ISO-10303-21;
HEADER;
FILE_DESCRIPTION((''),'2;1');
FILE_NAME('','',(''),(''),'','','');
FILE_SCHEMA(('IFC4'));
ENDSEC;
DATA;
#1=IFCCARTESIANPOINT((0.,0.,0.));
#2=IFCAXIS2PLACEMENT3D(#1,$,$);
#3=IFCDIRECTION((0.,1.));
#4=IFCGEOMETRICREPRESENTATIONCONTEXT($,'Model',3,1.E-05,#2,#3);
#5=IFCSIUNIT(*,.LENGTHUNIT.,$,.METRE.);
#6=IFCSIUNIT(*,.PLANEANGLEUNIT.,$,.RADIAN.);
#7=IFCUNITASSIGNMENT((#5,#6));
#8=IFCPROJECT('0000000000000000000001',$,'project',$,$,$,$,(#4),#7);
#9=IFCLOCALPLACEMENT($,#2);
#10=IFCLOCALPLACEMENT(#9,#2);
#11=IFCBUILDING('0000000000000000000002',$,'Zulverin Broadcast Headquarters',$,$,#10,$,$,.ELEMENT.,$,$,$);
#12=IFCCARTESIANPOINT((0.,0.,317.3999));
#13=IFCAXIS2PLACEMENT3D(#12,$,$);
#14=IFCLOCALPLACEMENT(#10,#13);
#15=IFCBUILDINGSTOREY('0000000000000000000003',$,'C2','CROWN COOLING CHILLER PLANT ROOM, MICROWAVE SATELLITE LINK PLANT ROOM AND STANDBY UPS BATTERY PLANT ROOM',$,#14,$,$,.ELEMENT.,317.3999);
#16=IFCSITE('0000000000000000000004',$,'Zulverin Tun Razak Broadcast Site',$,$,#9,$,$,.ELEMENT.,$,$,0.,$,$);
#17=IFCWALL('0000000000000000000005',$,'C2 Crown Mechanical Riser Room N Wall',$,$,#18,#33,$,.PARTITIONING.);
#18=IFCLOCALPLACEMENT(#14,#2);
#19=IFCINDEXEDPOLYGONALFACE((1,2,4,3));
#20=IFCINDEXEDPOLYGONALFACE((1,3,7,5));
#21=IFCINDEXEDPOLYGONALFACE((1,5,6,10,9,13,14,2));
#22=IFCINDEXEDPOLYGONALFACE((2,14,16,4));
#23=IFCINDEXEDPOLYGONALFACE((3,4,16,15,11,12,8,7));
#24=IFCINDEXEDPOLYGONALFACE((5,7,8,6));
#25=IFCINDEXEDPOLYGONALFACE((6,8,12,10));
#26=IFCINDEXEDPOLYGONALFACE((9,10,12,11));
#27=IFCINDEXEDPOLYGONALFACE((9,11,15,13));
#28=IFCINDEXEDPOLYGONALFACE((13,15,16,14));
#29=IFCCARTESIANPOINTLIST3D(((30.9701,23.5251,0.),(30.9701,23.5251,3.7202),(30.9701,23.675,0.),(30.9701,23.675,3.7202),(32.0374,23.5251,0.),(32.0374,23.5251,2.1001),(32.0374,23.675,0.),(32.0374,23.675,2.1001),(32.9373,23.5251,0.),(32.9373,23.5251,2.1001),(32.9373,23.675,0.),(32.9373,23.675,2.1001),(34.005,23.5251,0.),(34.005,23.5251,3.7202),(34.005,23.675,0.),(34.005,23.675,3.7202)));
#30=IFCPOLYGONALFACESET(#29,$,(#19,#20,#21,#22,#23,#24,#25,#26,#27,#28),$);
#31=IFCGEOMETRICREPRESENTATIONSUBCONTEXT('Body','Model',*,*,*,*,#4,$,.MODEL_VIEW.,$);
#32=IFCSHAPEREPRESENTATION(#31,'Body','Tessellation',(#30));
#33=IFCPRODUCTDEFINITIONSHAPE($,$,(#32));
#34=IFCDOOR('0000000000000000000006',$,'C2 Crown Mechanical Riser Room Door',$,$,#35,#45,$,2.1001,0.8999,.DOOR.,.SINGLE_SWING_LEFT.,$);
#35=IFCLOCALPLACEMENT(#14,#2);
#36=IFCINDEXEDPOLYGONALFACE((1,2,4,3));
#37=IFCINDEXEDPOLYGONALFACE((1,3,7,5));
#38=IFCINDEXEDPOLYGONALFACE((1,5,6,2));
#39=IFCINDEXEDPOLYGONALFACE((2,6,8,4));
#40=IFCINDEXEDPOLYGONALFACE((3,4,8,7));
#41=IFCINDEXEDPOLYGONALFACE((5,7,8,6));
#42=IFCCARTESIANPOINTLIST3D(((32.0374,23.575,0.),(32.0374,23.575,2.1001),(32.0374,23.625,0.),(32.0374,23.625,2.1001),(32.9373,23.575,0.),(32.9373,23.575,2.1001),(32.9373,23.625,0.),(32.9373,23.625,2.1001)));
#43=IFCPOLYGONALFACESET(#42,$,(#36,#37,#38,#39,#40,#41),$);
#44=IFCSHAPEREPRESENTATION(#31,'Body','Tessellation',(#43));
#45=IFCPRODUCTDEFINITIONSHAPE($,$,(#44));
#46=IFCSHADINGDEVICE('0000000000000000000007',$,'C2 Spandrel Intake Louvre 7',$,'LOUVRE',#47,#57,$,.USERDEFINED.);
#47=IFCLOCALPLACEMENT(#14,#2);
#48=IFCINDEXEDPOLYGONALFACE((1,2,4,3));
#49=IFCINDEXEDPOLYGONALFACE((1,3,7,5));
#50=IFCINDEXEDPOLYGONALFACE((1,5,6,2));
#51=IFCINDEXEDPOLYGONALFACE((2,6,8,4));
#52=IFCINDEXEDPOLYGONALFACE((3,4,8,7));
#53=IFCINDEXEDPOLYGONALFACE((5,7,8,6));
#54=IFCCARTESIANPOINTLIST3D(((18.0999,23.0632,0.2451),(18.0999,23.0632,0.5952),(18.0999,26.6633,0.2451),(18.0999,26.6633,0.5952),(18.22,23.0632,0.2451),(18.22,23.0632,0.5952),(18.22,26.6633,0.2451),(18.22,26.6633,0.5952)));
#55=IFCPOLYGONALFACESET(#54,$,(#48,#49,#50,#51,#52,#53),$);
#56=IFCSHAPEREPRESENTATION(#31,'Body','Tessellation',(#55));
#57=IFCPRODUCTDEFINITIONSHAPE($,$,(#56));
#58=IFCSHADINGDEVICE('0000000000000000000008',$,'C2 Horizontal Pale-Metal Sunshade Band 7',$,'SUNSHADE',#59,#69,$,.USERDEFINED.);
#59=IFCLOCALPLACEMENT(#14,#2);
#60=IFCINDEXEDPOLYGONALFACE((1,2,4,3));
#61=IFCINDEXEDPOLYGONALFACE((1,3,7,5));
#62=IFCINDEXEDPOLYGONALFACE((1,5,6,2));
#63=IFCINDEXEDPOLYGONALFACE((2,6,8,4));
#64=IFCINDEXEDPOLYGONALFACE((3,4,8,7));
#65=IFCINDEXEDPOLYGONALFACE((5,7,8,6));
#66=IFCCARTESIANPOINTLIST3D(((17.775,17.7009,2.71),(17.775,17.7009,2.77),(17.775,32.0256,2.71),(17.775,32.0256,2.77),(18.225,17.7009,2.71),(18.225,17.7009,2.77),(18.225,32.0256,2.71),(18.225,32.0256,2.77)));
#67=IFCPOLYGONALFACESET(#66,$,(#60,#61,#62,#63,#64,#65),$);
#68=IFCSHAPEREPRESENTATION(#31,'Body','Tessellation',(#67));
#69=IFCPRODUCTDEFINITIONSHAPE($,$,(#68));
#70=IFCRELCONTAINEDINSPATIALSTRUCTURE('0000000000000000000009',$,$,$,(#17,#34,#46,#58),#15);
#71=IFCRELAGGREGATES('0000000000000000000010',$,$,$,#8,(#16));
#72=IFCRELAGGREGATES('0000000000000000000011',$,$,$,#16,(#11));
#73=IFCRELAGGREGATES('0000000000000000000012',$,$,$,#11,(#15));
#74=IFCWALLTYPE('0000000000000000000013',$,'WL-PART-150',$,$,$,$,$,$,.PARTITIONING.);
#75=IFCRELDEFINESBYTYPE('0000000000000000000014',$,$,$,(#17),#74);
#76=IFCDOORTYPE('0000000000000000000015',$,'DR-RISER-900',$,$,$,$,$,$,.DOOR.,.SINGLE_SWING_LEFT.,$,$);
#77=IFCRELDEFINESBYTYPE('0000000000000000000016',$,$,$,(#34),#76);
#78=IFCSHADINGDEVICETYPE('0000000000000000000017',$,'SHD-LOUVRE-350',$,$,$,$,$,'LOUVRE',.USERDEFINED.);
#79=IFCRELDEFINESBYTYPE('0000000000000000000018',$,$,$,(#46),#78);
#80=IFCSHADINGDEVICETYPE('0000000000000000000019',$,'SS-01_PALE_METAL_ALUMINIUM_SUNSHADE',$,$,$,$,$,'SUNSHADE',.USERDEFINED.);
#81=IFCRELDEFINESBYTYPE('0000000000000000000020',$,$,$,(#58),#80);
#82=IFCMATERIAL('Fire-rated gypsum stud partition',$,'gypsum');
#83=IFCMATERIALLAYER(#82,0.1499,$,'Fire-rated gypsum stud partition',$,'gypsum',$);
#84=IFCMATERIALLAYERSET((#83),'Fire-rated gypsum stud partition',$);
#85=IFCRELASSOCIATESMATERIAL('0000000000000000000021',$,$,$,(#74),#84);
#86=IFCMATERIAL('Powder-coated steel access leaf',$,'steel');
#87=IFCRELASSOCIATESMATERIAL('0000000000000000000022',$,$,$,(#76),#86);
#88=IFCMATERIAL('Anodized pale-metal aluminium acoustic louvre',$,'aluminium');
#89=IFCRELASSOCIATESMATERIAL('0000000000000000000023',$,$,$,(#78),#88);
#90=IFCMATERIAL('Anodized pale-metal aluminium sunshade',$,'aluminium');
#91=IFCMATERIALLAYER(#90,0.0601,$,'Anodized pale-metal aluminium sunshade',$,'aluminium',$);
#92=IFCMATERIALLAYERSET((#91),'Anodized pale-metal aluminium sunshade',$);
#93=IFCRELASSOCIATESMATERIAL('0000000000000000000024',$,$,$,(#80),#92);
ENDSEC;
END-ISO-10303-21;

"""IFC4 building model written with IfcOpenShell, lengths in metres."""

from ifc_helpers import new_model, si_unit, direction, frame, frame_2d, origin, origin_2d, place, context, subcontext, project, spatial, rectangle, extrude, material, layer, layer_set, type_object, element, fill, save


model = new_model("IFC4")

# Units and contexts
model_context = context("Model", 3, precision=1e-05, world=origin(), true_north=direction((0.0, 1.0)))
body_context = subcontext(model_context, "Body", "Model", "MODEL_VIEW")
ifc_project = project(units=[si_unit("LENGTHUNIT", "METRE"), si_unit("PLANEANGLEUNIT", "RADIAN")], contexts=[model_context])

# Site, building, storey
site_placement = place(None, origin())
site = spatial("IfcSite", under=ifc_project, at=site_placement, Name="Zulverin Tun Razak Broadcast Site", CompositionType="ELEMENT", RefElevation=0.0)
building_placement = place(site_placement, origin())
building = spatial("IfcBuilding", under=site, at=building_placement, Name="Zulverin Broadcast Headquarters", CompositionType="ELEMENT")
storey_placement = place(building_placement, frame((0.0, 0.0, 317.3999)))
storey = spatial("IfcBuildingStorey", under=building, at=storey_placement, Name="C2", Description="CROWN COOLING CHILLER PLANT ROOM, MICROWAVE SATELLITE LINK PLANT ROOM AND STANDBY UPS BATTERY PLANT ROOM", CompositionType="ELEMENT", Elevation=317.3999)

# Shared definitions
ifc_material_1 = material(Name="Fire-rated gypsum stud partition", Category="gypsum")
ifc_layer_1 = layer(ifc_material_1, 0.1499, Name="Fire-rated gypsum stud partition", Category="gypsum")
ifc_layer_set_1 = layer_set([ifc_layer_1], Name="Fire-rated gypsum stud partition")
wall_type_1 = type_object("IfcWallType", Name="WL-PART-150", PredefinedType="PARTITIONING", material=ifc_layer_set_1)

# Wall, opening, door
wall_1_placement = place(storey_placement, frame((30.97, 23.6001, 0.0), z_axis=(0.0, 0.0, 1.0), x_axis=(1.0, 0.0, 0.0)))
wall_1 = element("IfcWall", 1, at=wall_1_placement, inside=storey, type_object=wall_type_1, Name="C2 Crown Mechanical Riser Room N Wall", PredefinedType="PARTITIONING", context=body_context, shape_type="SweptSolid", body=[
    extrude(rectangle(XDim=3.0349, YDim=0.1499, at=frame_2d((1.5176, 0.0))), origin(), (0.0, 0.0, 1.0), 3.7202),
])
opening_1_placement = place(wall_1_placement, frame((1.0674, 0.0, 0.0)))
opening_1 = element("IfcOpeningElement", 2, at=opening_1_placement, cuts=wall_1, PredefinedType="OPENING", context=body_context, shape_type="SweptSolid", body=[
    extrude(rectangle(XDim=0.8999, YDim=2.1001, at=frame_2d((0.45, 1.05))), frame((0.0, 0.085, 0.0), z_axis=(0.0, -1.0, 0.0), x_axis=(1.0, 0.0, 0.0)), (0.0, 0.0, 1.0), 0.1699),
])
ifc_material_2 = material(Name="Powder-coated steel access leaf", Category="steel")
door_type_1 = type_object("IfcDoorType", Name="DR-RISER-900", OperationType="SINGLE_SWING_LEFT", PredefinedType="DOOR", material=ifc_material_2)
door_1_placement = place(opening_1_placement, origin())
door_1 = element("IfcDoor", 3, at=door_1_placement, inside=storey, type_object=door_type_1, Name="C2 Crown Mechanical Riser Room Door", OperationType="SINGLE_SWING_LEFT", OverallHeight=2.1001, OverallWidth=0.8999, PredefinedType="DOOR", context=body_context, shape_type="SweptSolid", body=[
    extrude(rectangle(XDim=0.8999, YDim=2.1001, at=frame_2d((0.45, 1.05))), frame((0.0, 0.0249, 0.0), z_axis=(0.0, -1.0, 0.0), x_axis=(1.0, 0.0, 0.0)), (0.0, 0.0, 1.0), 0.05),
])
fill(opening_1, door_1)

# Shading devices
ifc_material_3 = material(Name="Anodized pale-metal aluminium acoustic louvre", Category="aluminium")
shading_device_type_1 = type_object("IfcShadingDeviceType", Name="SHD-LOUVRE-350", ElementType="LOUVRE", PredefinedType="USERDEFINED", material=ifc_material_3)
shading_device_1_placement = place(storey_placement, frame((18.1599, 24.8633, 0.2451), z_axis=(0.0, 0.0, 1.0), x_axis=(0.0, -1.0, 0.0)))
element("IfcShadingDevice", 4, at=shading_device_1_placement, inside=storey, type_object=shading_device_type_1, Name="C2 Spandrel Intake Louvre 7", ObjectType="LOUVRE", PredefinedType="USERDEFINED", context=body_context, shape_type="SweptSolid", body=[
    extrude(rectangle(XDim=3.6001, YDim=0.1201, at=origin_2d()), origin(), (0.0, 0.0, 1.0), 0.3501),
])
ifc_material_4 = material(Name="Anodized pale-metal aluminium sunshade", Category="aluminium")
ifc_layer_2 = layer(ifc_material_4, 0.0601, Name="Anodized pale-metal aluminium sunshade", Category="aluminium")
ifc_layer_set_2 = layer_set([ifc_layer_2], Name="Anodized pale-metal aluminium sunshade")
shading_device_type_2 = type_object("IfcShadingDeviceType", Name="SS-01_PALE_METAL_ALUMINIUM_SUNSHADE", ElementType="SUNSHADE", PredefinedType="USERDEFINED", material=ifc_layer_set_2)
shading_device_2_placement = place(storey_placement, frame((18.0, 24.8633, 2.71), z_axis=(0.0, 0.0, 1.0), x_axis=(0.0, -1.0, 0.0)))
element("IfcShadingDevice", 5, at=shading_device_2_placement, inside=storey, type_object=shading_device_type_2, Name="C2 Horizontal Pale-Metal Sunshade Band 7", ObjectType="SUNSHADE", PredefinedType="USERDEFINED", context=body_context, shape_type="SweptSolid", body=[
    extrude(rectangle(XDim=14.3247, YDim=0.45, at=origin_2d()), origin(), (0.0, 0.0, 1.0), 0.0601),
])

save(model, "model.ifc")
